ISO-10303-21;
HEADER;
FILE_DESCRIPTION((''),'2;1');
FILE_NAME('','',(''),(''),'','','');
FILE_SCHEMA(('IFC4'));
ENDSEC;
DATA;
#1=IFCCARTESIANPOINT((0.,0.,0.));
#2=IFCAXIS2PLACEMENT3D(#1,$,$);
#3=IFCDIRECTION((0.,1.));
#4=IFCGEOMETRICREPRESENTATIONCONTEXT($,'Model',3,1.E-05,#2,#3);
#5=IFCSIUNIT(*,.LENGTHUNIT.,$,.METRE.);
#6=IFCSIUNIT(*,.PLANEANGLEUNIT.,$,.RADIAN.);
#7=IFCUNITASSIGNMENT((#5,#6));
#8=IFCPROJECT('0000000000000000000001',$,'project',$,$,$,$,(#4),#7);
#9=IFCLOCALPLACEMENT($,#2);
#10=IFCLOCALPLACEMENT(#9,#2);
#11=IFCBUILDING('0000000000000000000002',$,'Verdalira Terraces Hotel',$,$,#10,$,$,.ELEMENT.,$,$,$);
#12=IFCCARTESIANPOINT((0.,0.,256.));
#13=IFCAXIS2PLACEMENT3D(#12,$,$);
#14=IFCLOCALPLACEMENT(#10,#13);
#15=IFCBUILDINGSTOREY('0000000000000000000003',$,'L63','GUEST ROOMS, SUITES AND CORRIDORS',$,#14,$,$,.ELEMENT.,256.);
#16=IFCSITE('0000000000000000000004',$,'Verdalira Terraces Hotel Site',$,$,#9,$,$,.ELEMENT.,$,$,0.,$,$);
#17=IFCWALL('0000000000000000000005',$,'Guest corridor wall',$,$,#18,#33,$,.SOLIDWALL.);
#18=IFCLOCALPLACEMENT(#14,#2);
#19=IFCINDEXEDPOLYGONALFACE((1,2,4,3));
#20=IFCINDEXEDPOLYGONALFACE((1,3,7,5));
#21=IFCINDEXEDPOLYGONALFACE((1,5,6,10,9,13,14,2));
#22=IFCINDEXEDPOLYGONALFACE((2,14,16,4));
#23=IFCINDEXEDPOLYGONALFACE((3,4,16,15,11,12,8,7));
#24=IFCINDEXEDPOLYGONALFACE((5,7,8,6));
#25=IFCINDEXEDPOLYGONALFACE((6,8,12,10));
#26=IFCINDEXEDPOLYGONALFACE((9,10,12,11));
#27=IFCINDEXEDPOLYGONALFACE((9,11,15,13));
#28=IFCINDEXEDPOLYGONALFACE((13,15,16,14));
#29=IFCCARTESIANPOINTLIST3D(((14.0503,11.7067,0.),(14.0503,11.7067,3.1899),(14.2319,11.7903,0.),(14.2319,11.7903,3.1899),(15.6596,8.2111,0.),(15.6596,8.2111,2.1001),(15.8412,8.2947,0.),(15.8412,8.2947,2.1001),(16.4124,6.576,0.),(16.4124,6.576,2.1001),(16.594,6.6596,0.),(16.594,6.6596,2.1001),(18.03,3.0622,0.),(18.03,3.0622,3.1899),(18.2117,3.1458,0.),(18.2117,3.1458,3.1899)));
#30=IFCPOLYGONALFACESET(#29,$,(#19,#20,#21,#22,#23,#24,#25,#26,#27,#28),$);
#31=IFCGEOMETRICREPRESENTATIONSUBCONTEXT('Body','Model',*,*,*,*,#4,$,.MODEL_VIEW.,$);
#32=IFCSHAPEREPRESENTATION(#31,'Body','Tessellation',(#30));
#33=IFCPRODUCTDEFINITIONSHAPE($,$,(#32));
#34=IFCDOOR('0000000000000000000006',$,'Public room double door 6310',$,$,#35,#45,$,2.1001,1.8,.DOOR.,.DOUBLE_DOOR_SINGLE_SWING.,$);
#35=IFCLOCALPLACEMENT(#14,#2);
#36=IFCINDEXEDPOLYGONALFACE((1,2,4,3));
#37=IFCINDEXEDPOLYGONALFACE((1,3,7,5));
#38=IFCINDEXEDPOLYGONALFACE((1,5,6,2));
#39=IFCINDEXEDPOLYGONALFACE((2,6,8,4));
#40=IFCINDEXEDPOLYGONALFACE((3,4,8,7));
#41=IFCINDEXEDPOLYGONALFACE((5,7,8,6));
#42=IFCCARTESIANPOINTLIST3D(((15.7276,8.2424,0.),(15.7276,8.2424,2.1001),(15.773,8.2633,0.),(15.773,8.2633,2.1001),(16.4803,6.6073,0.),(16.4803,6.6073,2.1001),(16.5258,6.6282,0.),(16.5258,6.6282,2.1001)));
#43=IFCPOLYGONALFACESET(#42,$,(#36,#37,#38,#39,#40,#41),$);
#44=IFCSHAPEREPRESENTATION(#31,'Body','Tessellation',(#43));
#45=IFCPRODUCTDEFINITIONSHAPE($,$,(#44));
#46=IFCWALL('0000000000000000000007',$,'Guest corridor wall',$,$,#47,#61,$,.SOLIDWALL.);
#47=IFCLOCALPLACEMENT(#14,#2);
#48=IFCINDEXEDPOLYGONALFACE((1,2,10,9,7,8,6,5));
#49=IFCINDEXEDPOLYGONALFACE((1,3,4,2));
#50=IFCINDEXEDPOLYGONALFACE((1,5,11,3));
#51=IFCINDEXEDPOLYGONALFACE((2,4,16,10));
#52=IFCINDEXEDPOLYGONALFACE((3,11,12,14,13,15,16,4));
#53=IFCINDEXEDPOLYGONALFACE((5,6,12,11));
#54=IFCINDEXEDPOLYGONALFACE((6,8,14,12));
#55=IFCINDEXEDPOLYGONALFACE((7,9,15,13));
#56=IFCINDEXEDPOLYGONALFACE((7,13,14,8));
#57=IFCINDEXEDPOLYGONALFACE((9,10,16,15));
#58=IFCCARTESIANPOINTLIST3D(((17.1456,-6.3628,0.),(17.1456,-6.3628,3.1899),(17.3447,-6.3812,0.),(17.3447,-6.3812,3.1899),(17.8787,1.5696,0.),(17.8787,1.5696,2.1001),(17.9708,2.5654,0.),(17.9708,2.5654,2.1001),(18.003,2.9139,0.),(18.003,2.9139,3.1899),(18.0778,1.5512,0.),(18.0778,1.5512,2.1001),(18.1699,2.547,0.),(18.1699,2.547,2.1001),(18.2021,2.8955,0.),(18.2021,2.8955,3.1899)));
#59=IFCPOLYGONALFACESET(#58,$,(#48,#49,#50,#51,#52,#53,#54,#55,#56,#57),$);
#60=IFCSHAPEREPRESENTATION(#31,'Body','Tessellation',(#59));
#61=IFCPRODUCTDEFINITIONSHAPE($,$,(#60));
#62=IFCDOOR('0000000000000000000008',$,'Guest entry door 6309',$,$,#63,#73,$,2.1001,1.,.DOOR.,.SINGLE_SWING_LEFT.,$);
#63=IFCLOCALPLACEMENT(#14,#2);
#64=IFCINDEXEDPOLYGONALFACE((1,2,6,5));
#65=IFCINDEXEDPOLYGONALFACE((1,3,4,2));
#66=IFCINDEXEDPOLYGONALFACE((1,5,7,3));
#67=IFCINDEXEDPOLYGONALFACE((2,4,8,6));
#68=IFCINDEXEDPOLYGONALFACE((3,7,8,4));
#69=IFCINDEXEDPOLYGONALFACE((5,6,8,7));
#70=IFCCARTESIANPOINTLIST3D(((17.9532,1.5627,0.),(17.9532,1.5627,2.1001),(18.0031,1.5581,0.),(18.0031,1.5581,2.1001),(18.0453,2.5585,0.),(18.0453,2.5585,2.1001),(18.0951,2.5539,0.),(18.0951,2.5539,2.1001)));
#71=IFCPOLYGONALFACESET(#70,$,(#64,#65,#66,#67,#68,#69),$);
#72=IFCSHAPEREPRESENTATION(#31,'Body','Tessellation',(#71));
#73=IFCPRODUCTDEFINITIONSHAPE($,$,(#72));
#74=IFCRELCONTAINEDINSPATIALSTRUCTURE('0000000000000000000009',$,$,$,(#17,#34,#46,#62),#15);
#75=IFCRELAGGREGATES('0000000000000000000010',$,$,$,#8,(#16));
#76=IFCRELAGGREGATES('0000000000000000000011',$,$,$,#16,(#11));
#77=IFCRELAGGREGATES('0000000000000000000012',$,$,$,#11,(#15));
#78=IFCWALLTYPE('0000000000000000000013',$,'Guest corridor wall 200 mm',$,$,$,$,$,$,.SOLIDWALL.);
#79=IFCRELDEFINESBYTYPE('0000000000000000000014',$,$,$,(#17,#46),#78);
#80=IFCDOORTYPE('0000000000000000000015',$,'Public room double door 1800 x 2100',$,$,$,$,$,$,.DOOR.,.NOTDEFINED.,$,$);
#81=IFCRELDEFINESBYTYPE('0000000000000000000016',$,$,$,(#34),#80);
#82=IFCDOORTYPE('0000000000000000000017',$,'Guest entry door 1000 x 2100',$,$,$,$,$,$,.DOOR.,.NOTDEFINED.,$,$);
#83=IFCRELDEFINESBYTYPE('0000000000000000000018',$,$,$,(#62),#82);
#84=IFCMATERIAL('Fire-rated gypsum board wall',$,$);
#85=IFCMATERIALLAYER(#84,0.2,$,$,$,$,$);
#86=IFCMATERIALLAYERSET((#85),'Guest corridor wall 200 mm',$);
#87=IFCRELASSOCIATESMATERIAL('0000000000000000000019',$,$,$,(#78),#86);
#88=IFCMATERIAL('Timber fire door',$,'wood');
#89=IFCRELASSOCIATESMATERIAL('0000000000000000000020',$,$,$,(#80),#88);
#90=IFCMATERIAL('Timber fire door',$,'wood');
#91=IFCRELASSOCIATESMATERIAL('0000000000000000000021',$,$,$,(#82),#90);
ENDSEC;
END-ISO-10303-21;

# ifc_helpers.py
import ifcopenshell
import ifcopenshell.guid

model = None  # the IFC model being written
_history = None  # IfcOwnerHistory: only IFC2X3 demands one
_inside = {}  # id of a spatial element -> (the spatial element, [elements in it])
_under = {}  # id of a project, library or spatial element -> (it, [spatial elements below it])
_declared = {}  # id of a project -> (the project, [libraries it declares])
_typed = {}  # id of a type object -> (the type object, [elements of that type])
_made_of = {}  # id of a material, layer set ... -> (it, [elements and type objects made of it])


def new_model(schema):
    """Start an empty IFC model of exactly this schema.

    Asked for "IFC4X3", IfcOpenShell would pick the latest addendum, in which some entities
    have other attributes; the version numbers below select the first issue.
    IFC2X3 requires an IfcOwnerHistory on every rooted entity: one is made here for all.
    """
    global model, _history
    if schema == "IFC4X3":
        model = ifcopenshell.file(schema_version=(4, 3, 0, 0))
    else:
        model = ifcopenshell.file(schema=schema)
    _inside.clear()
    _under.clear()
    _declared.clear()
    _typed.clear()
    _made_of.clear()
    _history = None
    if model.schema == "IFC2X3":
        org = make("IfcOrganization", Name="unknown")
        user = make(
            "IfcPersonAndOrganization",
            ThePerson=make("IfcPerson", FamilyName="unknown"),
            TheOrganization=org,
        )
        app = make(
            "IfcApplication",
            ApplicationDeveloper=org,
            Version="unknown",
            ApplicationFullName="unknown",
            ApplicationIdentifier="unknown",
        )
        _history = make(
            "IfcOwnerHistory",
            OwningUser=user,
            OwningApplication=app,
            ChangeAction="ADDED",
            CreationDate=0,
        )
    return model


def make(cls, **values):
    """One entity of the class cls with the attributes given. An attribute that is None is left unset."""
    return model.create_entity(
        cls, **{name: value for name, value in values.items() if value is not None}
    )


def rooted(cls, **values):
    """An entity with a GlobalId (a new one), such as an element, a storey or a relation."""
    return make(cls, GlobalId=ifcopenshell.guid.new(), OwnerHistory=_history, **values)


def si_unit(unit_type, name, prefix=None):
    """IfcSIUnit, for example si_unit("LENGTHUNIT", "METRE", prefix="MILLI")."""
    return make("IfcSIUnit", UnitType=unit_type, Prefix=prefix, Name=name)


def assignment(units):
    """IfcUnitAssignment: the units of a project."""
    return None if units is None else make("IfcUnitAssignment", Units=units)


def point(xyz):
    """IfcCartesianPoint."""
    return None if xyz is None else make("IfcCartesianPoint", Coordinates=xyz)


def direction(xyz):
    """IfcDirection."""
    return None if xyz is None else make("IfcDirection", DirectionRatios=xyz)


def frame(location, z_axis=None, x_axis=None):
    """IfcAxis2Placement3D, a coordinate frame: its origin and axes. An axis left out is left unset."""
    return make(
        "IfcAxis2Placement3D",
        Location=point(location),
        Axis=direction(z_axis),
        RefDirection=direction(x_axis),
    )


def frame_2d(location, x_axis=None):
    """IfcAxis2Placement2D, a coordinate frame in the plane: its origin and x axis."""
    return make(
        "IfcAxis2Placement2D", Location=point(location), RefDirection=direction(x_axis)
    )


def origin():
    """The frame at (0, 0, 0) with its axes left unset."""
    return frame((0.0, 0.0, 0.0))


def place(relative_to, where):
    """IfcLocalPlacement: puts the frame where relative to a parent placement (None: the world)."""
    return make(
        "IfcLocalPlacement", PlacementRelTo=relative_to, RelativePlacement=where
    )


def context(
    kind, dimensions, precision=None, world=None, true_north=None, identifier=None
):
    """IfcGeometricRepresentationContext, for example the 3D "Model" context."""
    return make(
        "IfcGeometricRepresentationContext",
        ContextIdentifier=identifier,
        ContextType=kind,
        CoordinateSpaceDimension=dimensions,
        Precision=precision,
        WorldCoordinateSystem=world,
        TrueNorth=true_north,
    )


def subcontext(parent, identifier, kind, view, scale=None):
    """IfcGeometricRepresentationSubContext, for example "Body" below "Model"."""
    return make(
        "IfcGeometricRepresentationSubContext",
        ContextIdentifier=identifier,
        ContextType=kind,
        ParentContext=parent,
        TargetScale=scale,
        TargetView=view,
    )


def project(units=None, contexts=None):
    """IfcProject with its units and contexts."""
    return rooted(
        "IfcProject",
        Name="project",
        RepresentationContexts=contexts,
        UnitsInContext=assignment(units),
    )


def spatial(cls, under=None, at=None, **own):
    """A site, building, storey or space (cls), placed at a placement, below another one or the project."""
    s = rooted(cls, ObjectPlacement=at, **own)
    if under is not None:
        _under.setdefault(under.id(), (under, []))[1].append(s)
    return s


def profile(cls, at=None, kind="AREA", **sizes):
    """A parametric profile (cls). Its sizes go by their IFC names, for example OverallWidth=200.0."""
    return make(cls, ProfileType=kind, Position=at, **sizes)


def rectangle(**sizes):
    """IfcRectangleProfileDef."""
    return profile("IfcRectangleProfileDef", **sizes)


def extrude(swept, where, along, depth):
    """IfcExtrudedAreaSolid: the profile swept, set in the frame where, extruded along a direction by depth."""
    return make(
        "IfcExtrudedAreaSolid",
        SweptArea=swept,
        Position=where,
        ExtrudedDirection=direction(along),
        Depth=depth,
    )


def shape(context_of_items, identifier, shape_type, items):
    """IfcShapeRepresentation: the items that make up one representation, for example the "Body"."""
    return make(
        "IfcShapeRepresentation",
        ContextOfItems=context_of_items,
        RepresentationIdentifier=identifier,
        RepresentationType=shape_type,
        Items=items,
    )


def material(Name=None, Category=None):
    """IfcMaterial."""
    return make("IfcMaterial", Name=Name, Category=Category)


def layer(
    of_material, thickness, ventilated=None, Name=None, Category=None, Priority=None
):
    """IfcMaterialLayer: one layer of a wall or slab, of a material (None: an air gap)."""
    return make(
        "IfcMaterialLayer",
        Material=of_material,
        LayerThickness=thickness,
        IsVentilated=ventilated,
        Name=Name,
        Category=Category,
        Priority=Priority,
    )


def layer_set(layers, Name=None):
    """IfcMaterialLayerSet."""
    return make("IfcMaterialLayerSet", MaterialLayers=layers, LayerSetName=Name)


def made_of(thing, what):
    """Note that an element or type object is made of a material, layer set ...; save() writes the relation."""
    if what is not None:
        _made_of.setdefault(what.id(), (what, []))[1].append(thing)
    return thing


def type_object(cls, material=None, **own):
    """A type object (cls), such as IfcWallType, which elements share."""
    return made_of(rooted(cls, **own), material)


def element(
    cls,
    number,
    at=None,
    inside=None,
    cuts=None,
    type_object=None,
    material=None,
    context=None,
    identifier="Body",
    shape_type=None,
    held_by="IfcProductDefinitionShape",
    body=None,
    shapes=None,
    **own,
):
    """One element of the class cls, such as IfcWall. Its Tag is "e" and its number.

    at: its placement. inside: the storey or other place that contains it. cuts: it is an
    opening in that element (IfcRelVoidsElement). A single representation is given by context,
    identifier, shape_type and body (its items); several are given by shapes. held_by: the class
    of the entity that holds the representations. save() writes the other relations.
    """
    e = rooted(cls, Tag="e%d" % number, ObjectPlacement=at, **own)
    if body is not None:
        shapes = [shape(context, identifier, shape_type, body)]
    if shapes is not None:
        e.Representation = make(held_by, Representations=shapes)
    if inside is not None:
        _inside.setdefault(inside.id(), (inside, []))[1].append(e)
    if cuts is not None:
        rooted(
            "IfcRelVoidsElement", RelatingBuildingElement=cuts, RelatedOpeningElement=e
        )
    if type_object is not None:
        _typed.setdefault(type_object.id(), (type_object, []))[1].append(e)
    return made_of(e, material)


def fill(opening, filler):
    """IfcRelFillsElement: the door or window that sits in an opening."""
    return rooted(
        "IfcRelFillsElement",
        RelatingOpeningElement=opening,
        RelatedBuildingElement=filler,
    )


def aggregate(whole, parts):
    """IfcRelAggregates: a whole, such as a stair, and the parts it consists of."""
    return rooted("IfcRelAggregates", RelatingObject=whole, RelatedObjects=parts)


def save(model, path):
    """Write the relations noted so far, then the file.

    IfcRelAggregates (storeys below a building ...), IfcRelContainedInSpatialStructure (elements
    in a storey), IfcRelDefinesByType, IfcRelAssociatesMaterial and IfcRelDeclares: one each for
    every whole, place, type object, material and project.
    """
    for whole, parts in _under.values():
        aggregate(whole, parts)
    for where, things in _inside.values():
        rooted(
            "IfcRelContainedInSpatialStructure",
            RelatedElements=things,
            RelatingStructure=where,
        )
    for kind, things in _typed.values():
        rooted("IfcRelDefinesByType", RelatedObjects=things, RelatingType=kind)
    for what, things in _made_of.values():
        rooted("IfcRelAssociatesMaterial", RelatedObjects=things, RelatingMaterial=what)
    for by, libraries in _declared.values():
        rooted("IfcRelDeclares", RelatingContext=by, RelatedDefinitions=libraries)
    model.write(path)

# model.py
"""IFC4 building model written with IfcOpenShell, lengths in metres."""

from ifc_helpers import new_model, si_unit, direction, frame, frame_2d, origin, place, context, subcontext, project, spatial, rectangle, extrude, material, layer, layer_set, type_object, element, fill, save


model = new_model("IFC4")

# Units and contexts
model_context = context("Model", 3, precision=1e-05, world=origin(), true_north=direction((0.0, 1.0)))
body_context = subcontext(model_context, "Body", "Model", "MODEL_VIEW")
ifc_project = project(units=[si_unit("LENGTHUNIT", "METRE"), si_unit("PLANEANGLEUNIT", "RADIAN")], contexts=[model_context])

# Site, building, storey
site_placement = place(None, origin())
site = spatial("IfcSite", under=ifc_project, at=site_placement, Name="Verdalira Terraces Hotel Site", CompositionType="ELEMENT", RefElevation=0.0)
building_placement = place(site_placement, origin())
building = spatial("IfcBuilding", under=site, at=building_placement, Name="Verdalira Terraces Hotel", CompositionType="ELEMENT")
storey_placement = place(building_placement, frame((0.0, 0.0, 256.0)))
storey = spatial("IfcBuildingStorey", under=building, at=storey_placement, Name="L63", Description="GUEST ROOMS, SUITES AND CORRIDORS", CompositionType="ELEMENT", Elevation=256.0)

# Walls, openings, doors
ifc_material_1 = material(Name="Fire-rated gypsum board wall")
ifc_layer_1 = layer(ifc_material_1, 0.2)
ifc_layer_set_1 = layer_set([ifc_layer_1], Name="Guest corridor wall 200 mm")
wall_type_1 = type_object("IfcWallType", Name="Guest corridor wall 200 mm", PredefinedType="SOLIDWALL", material=ifc_layer_set_1)
wall_1_placement = place(storey_placement, frame((14.1411, 11.7485, 0.0), z_axis=(0.0, 0.0, 1.0), x_axis=(0.418188, -0.908361, 0.0)))
wall_1 = element("IfcWall", 1, at=wall_1_placement, inside=storey, type_object=wall_type_1, Name="Guest corridor wall", PredefinedType="SOLIDWALL", context=body_context, shape_type="SweptSolid", body=[
    extrude(rectangle(XDim=9.5166, YDim=0.2, at=frame_2d((4.7583, 0.0))), origin(), (0.0, 0.0, 1.0), 3.1899),
])
opening_1_placement = place(wall_1_placement, frame((3.8484, 0.0, 0.0)))
opening_1 = element("IfcOpeningElement", 2, at=opening_1_placement, cuts=wall_1, PredefinedType="OPENING", context=body_context, shape_type="SweptSolid", body=[
    extrude(rectangle(XDim=1.8, YDim=2.1001, at=frame_2d((0.8999, 1.05))), frame((0.0, 0.1099, 0.0), z_axis=(0.0, -1.0, 0.0), x_axis=(1.0, 0.0, 0.0)), (0.0, 0.0, 1.0), 0.22),
])
ifc_material_2 = material(Name="Timber fire door", Category="wood")
door_type_1 = type_object("IfcDoorType", Name="Public room double door 1800 x 2100", OperationType="NOTDEFINED", PredefinedType="DOOR", material=ifc_material_2)
door_1_placement = place(opening_1_placement, origin())
door_1 = element("IfcDoor", 3, at=door_1_placement, inside=storey, type_object=door_type_1, Name="Public room double door 6310", OperationType="DOUBLE_DOOR_SINGLE_SWING", OverallHeight=2.1001, OverallWidth=1.8, PredefinedType="DOOR", context=body_context, shape_type="SweptSolid", body=[
    extrude(rectangle(XDim=1.8, YDim=2.1001, at=frame_2d((0.8999, 1.05))), frame((0.0, 0.0249, 0.0), z_axis=(0.0, -1.0, 0.0), x_axis=(1.0, 0.0, 0.0)), (0.0, 0.0, 1.0), 0.05),
])
fill(opening_1, door_1)
wall_2_placement = place(storey_placement, frame((18.1025, 2.9048, 0.0), z_axis=(0.0, 0.0, 1.0), x_axis=(-0.092036, -0.995756, 0.0)))
wall_2 = element("IfcWall", 4, at=wall_2_placement, inside=storey, type_object=wall_type_1, Name="Guest corridor wall", PredefinedType="SOLIDWALL", context=body_context, shape_type="SweptSolid", body=[
    extrude(rectangle(XDim=9.3162, YDim=0.2, at=frame_2d((4.6582, 0.0))), origin(), (0.0, 0.0, 1.0), 3.1899),
])
opening_2_placement = place(wall_2_placement, frame((0.3501, 0.0, 0.0)))
opening_2 = element("IfcOpeningElement", 5, at=opening_2_placement, cuts=wall_2, PredefinedType="OPENING", context=body_context, shape_type="SweptSolid", body=[
    extrude(rectangle(XDim=1.0, YDim=2.1001, at=frame_2d((0.5, 1.05))), frame((0.0, 0.1099, 0.0), z_axis=(0.0, -1.0, 0.0), x_axis=(1.0, 0.0, 0.0)), (0.0, 0.0, 1.0), 0.22),
])
ifc_material_3 = material(Name="Timber fire door", Category="wood")
door_type_2 = type_object("IfcDoorType", Name="Guest entry door 1000 x 2100", OperationType="NOTDEFINED", PredefinedType="DOOR", material=ifc_material_3)
door_2_placement = place(opening_2_placement, origin())
door_2 = element("IfcDoor", 6, at=door_2_placement, inside=storey, type_object=door_type_2, Name="Guest entry door 6309", OperationType="SINGLE_SWING_LEFT", OverallHeight=2.1001, OverallWidth=1.0, PredefinedType="DOOR", context=body_context, shape_type="SweptSolid", body=[
    extrude(rectangle(XDim=1.0, YDim=2.1001, at=frame_2d((0.5, 1.05))), frame((0.0, 0.0249, 0.0), z_axis=(0.0, -1.0, 0.0), x_axis=(1.0, 0.0, 0.0)), (0.0, 0.0, 1.0), 0.05),
])
fill(opening_2, door_2)

save(model, "model.ifc")
